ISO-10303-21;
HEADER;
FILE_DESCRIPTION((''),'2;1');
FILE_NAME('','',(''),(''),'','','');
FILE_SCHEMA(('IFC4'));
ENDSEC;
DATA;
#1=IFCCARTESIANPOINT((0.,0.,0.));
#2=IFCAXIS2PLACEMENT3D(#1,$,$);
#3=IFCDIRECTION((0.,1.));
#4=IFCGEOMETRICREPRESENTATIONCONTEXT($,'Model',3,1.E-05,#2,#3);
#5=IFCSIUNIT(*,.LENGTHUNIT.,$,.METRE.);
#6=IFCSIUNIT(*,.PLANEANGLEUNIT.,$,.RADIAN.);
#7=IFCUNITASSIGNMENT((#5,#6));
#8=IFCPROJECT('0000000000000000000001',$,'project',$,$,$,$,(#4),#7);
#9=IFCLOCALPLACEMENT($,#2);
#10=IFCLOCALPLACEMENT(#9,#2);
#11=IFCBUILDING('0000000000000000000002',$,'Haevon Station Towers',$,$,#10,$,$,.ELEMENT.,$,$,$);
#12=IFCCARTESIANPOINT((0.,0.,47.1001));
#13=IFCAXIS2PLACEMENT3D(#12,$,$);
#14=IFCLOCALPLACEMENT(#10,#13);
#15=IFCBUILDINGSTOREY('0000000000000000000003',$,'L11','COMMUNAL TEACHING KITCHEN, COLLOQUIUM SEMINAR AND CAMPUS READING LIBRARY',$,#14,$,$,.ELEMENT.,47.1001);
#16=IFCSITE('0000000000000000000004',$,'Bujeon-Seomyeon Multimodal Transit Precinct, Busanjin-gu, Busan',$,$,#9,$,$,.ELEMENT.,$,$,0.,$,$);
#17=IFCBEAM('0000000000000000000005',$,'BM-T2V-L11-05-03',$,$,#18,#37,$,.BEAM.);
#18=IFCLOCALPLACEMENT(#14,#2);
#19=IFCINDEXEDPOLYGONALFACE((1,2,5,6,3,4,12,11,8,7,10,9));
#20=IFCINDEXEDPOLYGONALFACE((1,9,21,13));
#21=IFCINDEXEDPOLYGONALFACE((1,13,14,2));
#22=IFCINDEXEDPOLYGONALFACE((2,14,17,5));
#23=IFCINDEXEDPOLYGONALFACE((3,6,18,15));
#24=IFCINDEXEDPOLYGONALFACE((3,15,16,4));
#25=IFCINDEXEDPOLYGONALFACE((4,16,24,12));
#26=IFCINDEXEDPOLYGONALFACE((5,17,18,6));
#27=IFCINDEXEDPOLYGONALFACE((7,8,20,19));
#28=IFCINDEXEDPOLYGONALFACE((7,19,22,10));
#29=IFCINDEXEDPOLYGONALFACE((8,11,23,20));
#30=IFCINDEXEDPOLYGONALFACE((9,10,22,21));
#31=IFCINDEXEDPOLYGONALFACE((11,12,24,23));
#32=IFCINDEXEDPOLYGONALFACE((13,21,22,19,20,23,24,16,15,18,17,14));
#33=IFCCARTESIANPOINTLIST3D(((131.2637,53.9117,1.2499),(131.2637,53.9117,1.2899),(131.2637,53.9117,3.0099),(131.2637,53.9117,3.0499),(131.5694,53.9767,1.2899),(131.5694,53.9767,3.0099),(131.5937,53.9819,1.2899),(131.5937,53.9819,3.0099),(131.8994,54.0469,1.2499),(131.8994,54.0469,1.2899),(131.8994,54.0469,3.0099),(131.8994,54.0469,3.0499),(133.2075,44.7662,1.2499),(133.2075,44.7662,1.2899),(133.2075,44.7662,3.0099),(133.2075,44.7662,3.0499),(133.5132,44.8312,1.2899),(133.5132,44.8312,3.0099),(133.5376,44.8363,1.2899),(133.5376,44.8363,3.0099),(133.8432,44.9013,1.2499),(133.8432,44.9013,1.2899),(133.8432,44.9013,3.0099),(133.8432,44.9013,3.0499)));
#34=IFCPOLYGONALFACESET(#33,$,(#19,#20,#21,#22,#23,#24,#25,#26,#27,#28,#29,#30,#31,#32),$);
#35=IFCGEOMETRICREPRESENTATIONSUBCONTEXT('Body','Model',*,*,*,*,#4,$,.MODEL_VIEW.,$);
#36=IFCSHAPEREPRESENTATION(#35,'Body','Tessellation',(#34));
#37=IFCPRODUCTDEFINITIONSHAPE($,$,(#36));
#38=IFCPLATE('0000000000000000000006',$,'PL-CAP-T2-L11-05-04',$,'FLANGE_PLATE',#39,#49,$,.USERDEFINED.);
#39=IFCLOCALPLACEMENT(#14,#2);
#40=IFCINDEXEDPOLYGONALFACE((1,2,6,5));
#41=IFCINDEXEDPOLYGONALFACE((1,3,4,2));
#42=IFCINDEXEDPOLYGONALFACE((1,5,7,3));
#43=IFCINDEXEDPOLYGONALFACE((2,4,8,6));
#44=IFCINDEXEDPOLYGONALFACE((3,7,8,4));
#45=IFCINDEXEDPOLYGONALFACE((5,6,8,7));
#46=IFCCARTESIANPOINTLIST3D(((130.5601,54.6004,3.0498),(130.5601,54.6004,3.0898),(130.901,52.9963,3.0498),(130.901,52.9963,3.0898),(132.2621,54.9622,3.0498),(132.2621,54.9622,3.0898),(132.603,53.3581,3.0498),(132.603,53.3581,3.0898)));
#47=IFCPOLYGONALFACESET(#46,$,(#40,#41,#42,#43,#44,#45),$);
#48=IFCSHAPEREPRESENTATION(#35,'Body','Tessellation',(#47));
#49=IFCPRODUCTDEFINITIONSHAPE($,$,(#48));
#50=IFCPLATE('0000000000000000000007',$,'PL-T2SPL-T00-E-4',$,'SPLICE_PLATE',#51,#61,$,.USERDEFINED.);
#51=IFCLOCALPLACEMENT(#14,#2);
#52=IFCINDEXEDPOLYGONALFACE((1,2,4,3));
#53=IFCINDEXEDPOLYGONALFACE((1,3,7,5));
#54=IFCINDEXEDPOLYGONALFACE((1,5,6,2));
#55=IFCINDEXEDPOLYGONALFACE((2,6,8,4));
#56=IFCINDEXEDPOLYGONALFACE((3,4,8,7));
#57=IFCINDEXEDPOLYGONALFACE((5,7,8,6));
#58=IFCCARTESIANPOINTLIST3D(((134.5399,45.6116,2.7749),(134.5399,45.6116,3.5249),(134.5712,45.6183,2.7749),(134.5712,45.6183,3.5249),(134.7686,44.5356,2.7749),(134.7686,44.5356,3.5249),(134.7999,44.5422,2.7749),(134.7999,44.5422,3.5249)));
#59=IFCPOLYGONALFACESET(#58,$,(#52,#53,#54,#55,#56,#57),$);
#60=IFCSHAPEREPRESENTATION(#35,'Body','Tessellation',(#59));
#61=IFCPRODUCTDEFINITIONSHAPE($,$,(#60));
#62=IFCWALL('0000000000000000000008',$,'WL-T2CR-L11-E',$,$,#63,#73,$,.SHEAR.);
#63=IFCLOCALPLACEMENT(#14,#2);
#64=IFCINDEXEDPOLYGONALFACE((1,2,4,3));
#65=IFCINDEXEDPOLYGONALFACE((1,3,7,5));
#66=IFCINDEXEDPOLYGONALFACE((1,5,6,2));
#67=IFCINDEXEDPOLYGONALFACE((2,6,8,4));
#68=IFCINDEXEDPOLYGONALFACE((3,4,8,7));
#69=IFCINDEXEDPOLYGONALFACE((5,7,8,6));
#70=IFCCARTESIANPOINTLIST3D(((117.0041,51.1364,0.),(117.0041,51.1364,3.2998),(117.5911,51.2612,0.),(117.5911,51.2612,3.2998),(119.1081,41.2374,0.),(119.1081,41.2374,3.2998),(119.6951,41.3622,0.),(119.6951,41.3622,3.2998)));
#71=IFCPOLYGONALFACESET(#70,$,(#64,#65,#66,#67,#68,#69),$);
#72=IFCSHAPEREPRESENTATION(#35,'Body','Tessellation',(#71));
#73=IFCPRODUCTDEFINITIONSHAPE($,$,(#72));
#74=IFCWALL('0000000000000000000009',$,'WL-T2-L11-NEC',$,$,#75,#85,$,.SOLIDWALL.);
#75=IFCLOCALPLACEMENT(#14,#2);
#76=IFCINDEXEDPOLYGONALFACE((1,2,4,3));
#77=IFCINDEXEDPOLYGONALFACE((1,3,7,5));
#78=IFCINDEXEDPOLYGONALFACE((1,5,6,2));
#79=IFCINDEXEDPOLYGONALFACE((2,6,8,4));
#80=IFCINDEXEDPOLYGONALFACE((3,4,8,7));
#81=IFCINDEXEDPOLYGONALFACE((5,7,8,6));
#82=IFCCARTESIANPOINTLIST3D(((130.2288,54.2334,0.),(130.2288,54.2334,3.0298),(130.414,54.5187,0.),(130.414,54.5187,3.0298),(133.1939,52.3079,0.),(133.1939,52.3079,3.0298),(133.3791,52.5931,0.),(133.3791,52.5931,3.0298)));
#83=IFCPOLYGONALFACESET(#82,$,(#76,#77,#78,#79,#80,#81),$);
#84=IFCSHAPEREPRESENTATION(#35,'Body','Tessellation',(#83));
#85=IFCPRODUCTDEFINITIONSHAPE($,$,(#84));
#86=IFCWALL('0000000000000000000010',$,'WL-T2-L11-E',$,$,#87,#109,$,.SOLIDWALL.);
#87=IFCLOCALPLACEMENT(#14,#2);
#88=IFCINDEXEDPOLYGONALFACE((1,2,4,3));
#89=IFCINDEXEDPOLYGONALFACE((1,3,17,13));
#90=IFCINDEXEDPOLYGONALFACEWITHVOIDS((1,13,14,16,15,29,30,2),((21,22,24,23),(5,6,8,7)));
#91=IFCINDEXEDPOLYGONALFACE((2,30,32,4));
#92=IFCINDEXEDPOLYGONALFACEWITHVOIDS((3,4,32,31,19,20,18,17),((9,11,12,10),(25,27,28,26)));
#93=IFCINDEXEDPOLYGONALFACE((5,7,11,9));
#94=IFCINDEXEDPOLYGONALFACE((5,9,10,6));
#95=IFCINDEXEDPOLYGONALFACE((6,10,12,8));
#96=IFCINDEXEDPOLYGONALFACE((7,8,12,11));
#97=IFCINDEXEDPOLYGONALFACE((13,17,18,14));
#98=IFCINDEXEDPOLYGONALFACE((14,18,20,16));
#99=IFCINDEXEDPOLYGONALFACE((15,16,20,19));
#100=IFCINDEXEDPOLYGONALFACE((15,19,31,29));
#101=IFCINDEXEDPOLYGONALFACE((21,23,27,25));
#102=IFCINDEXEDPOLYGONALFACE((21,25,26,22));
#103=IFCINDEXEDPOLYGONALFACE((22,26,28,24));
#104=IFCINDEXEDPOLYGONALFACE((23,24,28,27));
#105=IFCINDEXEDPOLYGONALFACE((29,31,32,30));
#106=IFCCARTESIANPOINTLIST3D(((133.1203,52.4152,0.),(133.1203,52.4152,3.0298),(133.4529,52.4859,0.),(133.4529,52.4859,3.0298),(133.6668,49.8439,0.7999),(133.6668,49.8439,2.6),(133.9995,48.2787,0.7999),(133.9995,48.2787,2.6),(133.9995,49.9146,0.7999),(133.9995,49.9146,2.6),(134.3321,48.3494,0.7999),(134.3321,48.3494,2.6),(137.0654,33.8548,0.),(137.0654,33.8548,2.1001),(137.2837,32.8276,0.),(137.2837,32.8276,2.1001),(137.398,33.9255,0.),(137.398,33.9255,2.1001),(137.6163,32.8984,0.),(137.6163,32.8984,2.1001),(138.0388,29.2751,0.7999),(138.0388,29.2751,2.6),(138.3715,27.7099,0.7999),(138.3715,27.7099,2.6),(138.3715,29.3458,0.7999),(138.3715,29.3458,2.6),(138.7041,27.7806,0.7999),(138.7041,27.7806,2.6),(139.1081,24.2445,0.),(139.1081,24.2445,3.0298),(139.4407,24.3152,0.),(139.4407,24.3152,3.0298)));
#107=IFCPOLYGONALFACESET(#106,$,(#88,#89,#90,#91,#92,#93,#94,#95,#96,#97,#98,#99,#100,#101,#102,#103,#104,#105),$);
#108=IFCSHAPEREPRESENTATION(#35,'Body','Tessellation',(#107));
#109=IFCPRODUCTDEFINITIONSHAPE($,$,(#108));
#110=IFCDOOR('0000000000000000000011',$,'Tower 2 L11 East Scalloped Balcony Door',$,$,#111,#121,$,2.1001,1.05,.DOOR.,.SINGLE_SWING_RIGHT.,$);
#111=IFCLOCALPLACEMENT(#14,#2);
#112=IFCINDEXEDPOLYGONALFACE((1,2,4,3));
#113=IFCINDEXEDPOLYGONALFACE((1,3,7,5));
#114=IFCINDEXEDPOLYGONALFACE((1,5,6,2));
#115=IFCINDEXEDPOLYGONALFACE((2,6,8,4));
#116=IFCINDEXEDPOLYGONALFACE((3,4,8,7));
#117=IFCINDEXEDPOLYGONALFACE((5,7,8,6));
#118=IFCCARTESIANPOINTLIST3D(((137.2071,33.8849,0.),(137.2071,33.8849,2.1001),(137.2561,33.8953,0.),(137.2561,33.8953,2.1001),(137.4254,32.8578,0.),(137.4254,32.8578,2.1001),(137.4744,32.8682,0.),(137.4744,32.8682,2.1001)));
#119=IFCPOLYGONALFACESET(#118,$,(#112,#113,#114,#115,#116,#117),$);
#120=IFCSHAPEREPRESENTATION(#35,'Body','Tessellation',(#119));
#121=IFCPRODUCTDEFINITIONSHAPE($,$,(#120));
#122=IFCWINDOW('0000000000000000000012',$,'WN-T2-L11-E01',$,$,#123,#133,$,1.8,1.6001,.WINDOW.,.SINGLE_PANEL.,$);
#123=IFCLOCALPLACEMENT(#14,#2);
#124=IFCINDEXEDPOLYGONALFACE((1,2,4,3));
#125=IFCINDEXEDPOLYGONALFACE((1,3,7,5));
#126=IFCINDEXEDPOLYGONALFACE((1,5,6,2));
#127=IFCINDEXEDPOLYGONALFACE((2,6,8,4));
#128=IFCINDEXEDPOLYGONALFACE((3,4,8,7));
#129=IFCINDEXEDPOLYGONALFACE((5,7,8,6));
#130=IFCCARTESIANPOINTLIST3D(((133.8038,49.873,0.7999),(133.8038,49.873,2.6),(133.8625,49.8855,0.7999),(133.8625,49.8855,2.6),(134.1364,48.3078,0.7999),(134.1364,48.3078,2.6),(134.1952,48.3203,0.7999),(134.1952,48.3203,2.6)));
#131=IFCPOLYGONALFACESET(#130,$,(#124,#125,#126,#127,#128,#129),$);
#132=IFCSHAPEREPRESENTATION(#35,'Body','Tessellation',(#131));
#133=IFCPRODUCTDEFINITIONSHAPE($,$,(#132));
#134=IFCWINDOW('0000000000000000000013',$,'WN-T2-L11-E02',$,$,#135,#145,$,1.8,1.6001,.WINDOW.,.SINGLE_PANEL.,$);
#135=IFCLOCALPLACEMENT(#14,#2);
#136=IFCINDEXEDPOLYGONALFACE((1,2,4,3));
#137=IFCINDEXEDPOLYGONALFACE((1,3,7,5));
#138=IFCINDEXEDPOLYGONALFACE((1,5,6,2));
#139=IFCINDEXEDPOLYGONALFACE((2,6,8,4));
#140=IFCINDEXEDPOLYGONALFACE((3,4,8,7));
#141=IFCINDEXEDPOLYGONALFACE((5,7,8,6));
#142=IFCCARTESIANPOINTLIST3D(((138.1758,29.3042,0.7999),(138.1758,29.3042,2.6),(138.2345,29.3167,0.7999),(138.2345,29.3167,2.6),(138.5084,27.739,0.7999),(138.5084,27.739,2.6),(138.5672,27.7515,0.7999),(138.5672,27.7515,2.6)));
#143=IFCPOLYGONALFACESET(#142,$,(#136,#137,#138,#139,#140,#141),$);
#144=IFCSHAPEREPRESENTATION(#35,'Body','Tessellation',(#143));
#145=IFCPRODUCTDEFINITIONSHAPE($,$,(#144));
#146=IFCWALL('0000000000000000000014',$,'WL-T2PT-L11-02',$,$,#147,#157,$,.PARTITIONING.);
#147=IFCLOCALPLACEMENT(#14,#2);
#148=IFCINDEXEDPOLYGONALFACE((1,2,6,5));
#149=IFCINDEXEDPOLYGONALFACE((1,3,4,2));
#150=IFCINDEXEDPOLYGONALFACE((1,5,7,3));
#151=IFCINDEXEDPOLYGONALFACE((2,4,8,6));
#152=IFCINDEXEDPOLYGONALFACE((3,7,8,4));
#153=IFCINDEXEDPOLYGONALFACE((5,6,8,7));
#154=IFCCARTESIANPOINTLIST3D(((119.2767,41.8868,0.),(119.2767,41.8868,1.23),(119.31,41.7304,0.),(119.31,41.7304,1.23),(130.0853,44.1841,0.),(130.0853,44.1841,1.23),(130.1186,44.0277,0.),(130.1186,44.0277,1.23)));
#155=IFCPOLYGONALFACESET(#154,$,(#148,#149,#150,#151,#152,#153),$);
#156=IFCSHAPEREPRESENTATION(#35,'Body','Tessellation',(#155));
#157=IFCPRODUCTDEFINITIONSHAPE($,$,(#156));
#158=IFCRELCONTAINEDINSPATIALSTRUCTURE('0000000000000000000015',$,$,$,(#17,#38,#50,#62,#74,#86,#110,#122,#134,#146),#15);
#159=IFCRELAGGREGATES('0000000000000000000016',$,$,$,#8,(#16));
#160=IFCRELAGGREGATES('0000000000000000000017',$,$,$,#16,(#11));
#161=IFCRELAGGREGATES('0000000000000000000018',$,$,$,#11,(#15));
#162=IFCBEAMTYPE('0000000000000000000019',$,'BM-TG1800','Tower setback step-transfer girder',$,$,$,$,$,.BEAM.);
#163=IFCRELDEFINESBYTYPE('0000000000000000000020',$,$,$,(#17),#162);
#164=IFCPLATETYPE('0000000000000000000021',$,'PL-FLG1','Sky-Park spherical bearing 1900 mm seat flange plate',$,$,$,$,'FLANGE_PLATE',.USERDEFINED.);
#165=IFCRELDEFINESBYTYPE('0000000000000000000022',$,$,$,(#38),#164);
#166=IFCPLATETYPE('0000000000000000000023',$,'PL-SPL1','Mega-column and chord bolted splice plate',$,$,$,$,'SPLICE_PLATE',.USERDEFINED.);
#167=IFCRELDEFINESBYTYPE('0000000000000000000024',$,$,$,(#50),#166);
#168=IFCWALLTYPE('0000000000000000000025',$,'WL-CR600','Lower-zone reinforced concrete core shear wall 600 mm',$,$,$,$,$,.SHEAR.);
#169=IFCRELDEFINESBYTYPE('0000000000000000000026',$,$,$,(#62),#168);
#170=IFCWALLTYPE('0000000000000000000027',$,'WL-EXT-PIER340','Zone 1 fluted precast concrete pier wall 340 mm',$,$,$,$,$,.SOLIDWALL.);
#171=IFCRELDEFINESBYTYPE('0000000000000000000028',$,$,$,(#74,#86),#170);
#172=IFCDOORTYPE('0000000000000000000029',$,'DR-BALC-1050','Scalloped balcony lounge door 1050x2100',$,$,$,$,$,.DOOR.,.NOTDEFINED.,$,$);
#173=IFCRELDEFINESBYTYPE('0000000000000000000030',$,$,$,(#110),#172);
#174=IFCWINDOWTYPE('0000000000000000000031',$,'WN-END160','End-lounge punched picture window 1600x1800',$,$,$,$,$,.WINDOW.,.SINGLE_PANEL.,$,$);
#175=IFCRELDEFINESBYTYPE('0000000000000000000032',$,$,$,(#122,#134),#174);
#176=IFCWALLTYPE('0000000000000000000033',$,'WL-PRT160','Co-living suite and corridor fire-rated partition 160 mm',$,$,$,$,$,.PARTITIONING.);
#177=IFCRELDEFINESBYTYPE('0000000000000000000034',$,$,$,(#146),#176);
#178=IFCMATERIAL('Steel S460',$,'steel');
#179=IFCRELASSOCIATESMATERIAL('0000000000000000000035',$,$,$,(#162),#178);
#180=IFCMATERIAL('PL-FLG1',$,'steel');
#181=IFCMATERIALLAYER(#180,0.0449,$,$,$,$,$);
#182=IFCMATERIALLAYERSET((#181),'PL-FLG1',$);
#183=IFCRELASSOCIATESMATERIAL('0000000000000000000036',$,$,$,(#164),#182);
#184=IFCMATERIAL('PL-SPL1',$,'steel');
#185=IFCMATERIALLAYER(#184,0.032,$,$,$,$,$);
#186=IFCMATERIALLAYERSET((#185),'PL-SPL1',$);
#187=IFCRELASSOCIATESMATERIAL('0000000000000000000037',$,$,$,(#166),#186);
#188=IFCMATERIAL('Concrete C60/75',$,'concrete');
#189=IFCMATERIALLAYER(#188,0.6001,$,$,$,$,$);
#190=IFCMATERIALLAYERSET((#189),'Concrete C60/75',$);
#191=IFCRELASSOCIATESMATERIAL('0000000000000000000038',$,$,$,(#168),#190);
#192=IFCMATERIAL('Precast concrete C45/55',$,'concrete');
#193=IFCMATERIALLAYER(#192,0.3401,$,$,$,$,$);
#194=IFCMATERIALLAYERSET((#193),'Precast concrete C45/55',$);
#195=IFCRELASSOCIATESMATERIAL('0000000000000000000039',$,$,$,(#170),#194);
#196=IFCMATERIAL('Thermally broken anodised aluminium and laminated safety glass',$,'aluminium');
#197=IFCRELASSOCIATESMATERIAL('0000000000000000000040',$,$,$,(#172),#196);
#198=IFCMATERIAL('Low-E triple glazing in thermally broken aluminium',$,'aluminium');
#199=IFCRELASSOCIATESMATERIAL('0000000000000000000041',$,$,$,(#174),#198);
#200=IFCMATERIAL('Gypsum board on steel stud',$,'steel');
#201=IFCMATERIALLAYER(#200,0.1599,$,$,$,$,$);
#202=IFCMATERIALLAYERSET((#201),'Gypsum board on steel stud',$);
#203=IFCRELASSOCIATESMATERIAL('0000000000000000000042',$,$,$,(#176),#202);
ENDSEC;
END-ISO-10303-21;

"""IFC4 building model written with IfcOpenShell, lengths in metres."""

from ifc_helpers import new_model, si_unit, direction, frame, frame_2d, origin, origin_2d, place, context, subcontext, project, spatial, rectangle, i_section, extrude, material, layer, layer_set, material_profile, profile_set, type_object, element, fill, save


model = new_model("IFC4")

# Units and contexts
model_context = context("Model", 3, precision=1e-05, world=origin(), true_north=direction((0.0, 1.0)))
body_context = subcontext(model_context, "Body", "Model", "MODEL_VIEW")
ifc_project = project(units=[si_unit("LENGTHUNIT", "METRE"), si_unit("PLANEANGLEUNIT", "RADIAN")], contexts=[model_context])

# Site, building, storey
site_placement = place(None, origin())
site = spatial("IfcSite", under=ifc_project, at=site_placement, Name="Bujeon-Seomyeon Multimodal Transit Precinct, Busanjin-gu, Busan", CompositionType="ELEMENT", RefElevation=0.0)
building_placement = place(site_placement, origin())
building = spatial("IfcBuilding", under=site, at=building_placement, Name="Haevon Station Towers", CompositionType="ELEMENT")
storey_placement = place(building_placement, frame((0.0, 0.0, 47.1001)))
storey = spatial("IfcBuildingStorey", under=building, at=storey_placement, Name="L11", Description="COMMUNAL TEACHING KITCHEN, COLLOQUIUM SEMINAR AND CAMPUS READING LIBRARY", CompositionType="ELEMENT", Elevation=47.1001)

# Shared definitions
ifc_material_1 = material(Name="Steel S460", Category="steel")

# Beam
ifc_material_profile_1 = material_profile(ifc_material_1, i_section(OverallWidth=0.6499, OverallDepth=1.8, WebThickness=0.0249, FlangeThickness=0.04, at=origin_2d()), Name="H-1800x650x25x40")
ifc_profile_set_1 = profile_set([ifc_material_profile_1], Name="Steel S460")
beam_type_1 = type_object("IfcBeamType", Name="BM-TG1800", Description="Tower setback step-transfer girder", PredefinedType="BEAM", material=ifc_profile_set_1)
beam_1_placement = place(storey_placement, frame((133.5254, 44.8337, 2.1499), z_axis=(-0.207902, 0.97815, 0.0), x_axis=(-0.97815, -0.207902, 0.0)))
element("IfcBeam", 1, at=beam_1_placement, inside=storey, type_object=beam_type_1, Name="BM-T2V-L11-05-03", PredefinedType="BEAM", context=body_context, shape_type="SweptSolid", body=[
    extrude(i_section(OverallWidth=0.6499, OverallDepth=1.8, WebThickness=0.0249, FlangeThickness=0.04, at=origin_2d()), origin(), (0.0, 0.0, 1.0), 9.3499),
])

# Plates
ifc_material_2 = material(Name="PL-FLG1", Category="steel")
ifc_layer_1 = layer(ifc_material_2, 0.0449)
ifc_layer_set_1 = layer_set([ifc_layer_1], Name="PL-FLG1")
plate_type_1 = type_object("IfcPlateType", Name="PL-FLG1", Description="Sky-Park spherical bearing 1900 mm seat flange plate", ElementType="FLANGE_PLATE", PredefinedType="USERDEFINED", material=ifc_layer_set_1)
plate_1_placement = place(storey_placement, frame((131.5815, 53.9792, 3.0498), z_axis=(0.0, 0.0, 1.0), x_axis=(0.978148, 0.207912, 0.0)))
element("IfcPlate", 2, at=plate_1_placement, inside=storey, type_object=plate_type_1, Name="PL-CAP-T2-L11-05-04", ObjectType="FLANGE_PLATE", PredefinedType="USERDEFINED", context=body_context, shape_type="SweptSolid", body=[
    extrude(rectangle(XDim=1.74, YDim=1.6399, at=origin_2d()), origin(), (0.0, 0.0, 1.0), 0.04),
])
ifc_material_3 = material(Name="PL-SPL1", Category="steel")
ifc_layer_2 = layer(ifc_material_3, 0.032)
ifc_layer_set_2 = layer_set([ifc_layer_2], Name="PL-SPL1")
plate_type_2 = type_object("IfcPlateType", Name="PL-SPL1", Description="Mega-column and chord bolted splice plate", ElementType="SPLICE_PLATE", PredefinedType="USERDEFINED", material=ifc_layer_set_2)
plate_2_placement = place(storey_placement, frame((134.6699, 45.0769, 2.7749), z_axis=(0.0, 0.0, 1.0), x_axis=(-0.207912, 0.978148, 0.0)))
element("IfcPlate", 3, at=plate_2_placement, inside=storey, type_object=plate_type_2, Name="PL-T2SPL-T00-E-4", ObjectType="SPLICE_PLATE", PredefinedType="USERDEFINED", context=body_context, shape_type="SweptSolid", body=[
    extrude(rectangle(XDim=1.1001, YDim=0.032, at=origin_2d()), origin(), (0.0, 0.0, 1.0), 0.75),
])

# Walls
ifc_material_4 = material(Name="Concrete C60/75", Category="concrete")
ifc_layer_3 = layer(ifc_material_4, 0.6001)
ifc_layer_set_3 = layer_set([ifc_layer_3], Name="Concrete C60/75")
wall_type_1 = type_object("IfcWallType", Name="WL-CR600", Description="Lower-zone reinforced concrete core shear wall 600 mm", PredefinedType="SHEAR", material=ifc_layer_set_3)
wall_1_placement = place(storey_placement, frame((119.4016, 41.2998, 0.0), z_axis=(0.0, 0.0, 1.0), x_axis=(-0.207904, 0.978149, 0.0)))
element("IfcWall", 4, at=wall_1_placement, inside=storey, type_object=wall_type_1, Name="WL-T2CR-L11-E", PredefinedType="SHEAR", context=body_context, shape_type="SweptSolid", body=[
    extrude(rectangle(XDim=10.1201, YDim=0.6001, at=frame_2d((5.0601, 0.0))), origin(), (0.0, 0.0, 1.0), 3.2998),
])
ifc_material_5 = material(Name="Precast concrete C45/55", Category="concrete")
ifc_layer_4 = layer(ifc_material_5, 0.3401)
ifc_layer_set_4 = layer_set([ifc_layer_4], Name="Precast concrete C45/55")
wall_type_2 = type_object("IfcWallType", Name="WL-EXT-PIER340", Description="Zone 1 fluted precast concrete pier wall 340 mm", PredefinedType="SOLIDWALL", material=ifc_layer_set_4)
wall_2_placement = place(storey_placement, frame((130.3215, 54.376, 0.0), z_axis=(0.0, 0.0, 1.0), x_axis=(0.838672, -0.544636, 0.0)))
element("IfcWall", 5, at=wall_2_placement, inside=storey, type_object=wall_type_2, Name="WL-T2-L11-NEC", PredefinedType="SOLIDWALL", context=body_context, shape_type="SweptSolid", body=[
    extrude(rectangle(XDim=3.5354, YDim=0.3401, at=frame_2d((1.7676, 0.0))), origin(), (0.0, 0.0, 1.0), 3.0298),
])

# Wall, openings, door, windows
wall_3_placement = place(storey_placement, frame((133.2866, 52.4504, 0.0), z_axis=(0.0, 0.0, 1.0), x_axis=(0.20791, -0.978148, 0.0)))
wall_3 = element("IfcWall", 6, at=wall_3_placement, inside=storey, type_object=wall_type_2, Name="WL-T2-L11-E", PredefinedType="SOLIDWALL", context=body_context, shape_type="SweptSolid", body=[
    extrude(rectangle(XDim=28.8, YDim=0.3401, at=frame_2d((14.3999, 0.0))), origin(), (0.0, 0.0, 1.0), 3.0298),
])
opening_1_placement = place(wall_3_placement, frame((18.9751, 0.0, 0.0)))
opening_1 = element("IfcOpeningElement", 7, at=opening_1_placement, cuts=wall_3, PredefinedType="OPENING", context=body_context, shape_type="SweptSolid", body=[
    extrude(rectangle(XDim=1.05, YDim=2.1001, at=frame_2d((0.5249, 1.05))), frame((0.0, 0.1799, 0.0), z_axis=(0.0, -1.0, 0.0), x_axis=(1.0, 0.0, 0.0)), (0.0, 0.0, 1.0), 0.3601),
])
opening_2_placement = place(wall_3_placement, frame((2.6287, 0.0, 0.8)))
opening_2 = element("IfcOpeningElement", 8, at=opening_2_placement, cuts=wall_3, PredefinedType="OPENING", context=body_context, shape_type="SweptSolid", body=[
    extrude(rectangle(XDim=1.6001, YDim=1.8, at=frame_2d((0.8, 0.8999))), frame((0.0, 0.1799, 0.0), z_axis=(0.0, -1.0, 0.0), x_axis=(1.0, 0.0, 0.0)), (0.0, 0.0, 1.0), 0.3601),
])
opening_3_placement = place(wall_3_placement, frame((23.657, 0.0, 0.8)))
opening_3 = element("IfcOpeningElement", 9, at=opening_3_placement, cuts=wall_3, PredefinedType="OPENING", context=body_context, shape_type="SweptSolid", body=[
    extrude(rectangle(XDim=1.6001, YDim=1.8, at=frame_2d((0.8, 0.8999))), frame((0.0, 0.1799, 0.0), z_axis=(0.0, -1.0, 0.0), x_axis=(1.0, 0.0, 0.0)), (0.0, 0.0, 1.0), 0.3601),
])
ifc_material_6 = material(Name="Thermally broken anodised aluminium and laminated safety glass", Category="aluminium")
door_type = type_object("IfcDoorType", Name="DR-BALC-1050", Description="Scalloped balcony lounge door 1050x2100", OperationType="NOTDEFINED", PredefinedType="DOOR", material=ifc_material_6)
door_placement = place(opening_1_placement, origin())
door = element("IfcDoor", 10, at=door_placement, inside=storey, type_object=door_type, Name="Tower 2 L11 East Scalloped Balcony Door", OperationType="SINGLE_SWING_RIGHT", OverallHeight=2.1001, OverallWidth=1.05, PredefinedType="DOOR", context=body_context, shape_type="SweptSolid", body=[
    extrude(rectangle(XDim=1.05, YDim=2.1001, at=frame_2d((0.5249, 1.05))), frame((0.0, 0.0249, 0.0), z_axis=(0.0, -1.0, 0.0), x_axis=(1.0, 0.0, 0.0)), (0.0, 0.0, 1.0), 0.05),
])
fill(opening_1, door)
ifc_material_7 = material(Name="Low-E triple glazing in thermally broken aluminium", Category="aluminium")
window_type = type_object("IfcWindowType", Name="WN-END160", Description="End-lounge punched picture window 1600x1800", PartitioningType="SINGLE_PANEL", PredefinedType="WINDOW", material=ifc_material_7)
window_1_placement = place(opening_2_placement, origin())
window_1 = element("IfcWindow", 11, at=window_1_placement, inside=storey, type_object=window_type, Name="WN-T2-L11-E01", OverallHeight=1.8, OverallWidth=1.6001, PartitioningType="SINGLE_PANEL", PredefinedType="WINDOW", context=body_context, shape_type="SweptSolid", body=[
    extrude(rectangle(XDim=1.6001, YDim=1.8, at=frame_2d((0.8, 0.8999))), frame((0.0, 0.03, 0.0), z_axis=(0.0, -1.0, 0.0), x_axis=(1.0, 0.0, 0.0)), (0.0, 0.0, 1.0), 0.0601),
])
fill(opening_2, window_1)
window_2_placement = place(opening_3_placement, origin())
window_2 = element("IfcWindow", 12, at=window_2_placement, inside=storey, type_object=window_type, Name="WN-T2-L11-E02", OverallHeight=1.8, OverallWidth=1.6001, PartitioningType="SINGLE_PANEL", PredefinedType="WINDOW", context=body_context, shape_type="SweptSolid", body=[
    extrude(rectangle(XDim=1.6001, YDim=1.8, at=frame_2d((0.8, 0.8999))), frame((0.0, 0.03, 0.0), z_axis=(0.0, -1.0, 0.0), x_axis=(1.0, 0.0, 0.0)), (0.0, 0.0, 1.0), 0.0601),
])
fill(opening_3, window_2)

# Wall
ifc_material_8 = material(Name="Gypsum board on steel stud", Category="steel")
ifc_layer_5 = layer(ifc_material_8, 0.1599)
ifc_layer_set_5 = layer_set([ifc_layer_5], Name="Gypsum board on steel stud")
wall_type_3 = type_object("IfcWallType", Name="WL-PRT160", Description="Co-living suite and corridor fire-rated partition 160 mm", PredefinedType="PARTITIONING", material=ifc_layer_set_5)
wall_4_placement = place(storey_placement, frame((119.2935, 41.8086, 0.0), z_axis=(0.0, 0.0, 1.0), x_axis=(0.978149, 0.207905, 0.0)))
element("IfcWall", 13, at=wall_4_placement, inside=storey, type_object=wall_type_3, Name="WL-T2PT-L11-02", PredefinedType="PARTITIONING", context=body_context, shape_type="SweptSolid", body=[
    extrude(rectangle(XDim=11.05, YDim=0.1599, at=frame_2d((5.5249, 0.0))), origin(), (0.0, 0.0, 1.0), 1.23),
])

save(model, "model.ifc")
